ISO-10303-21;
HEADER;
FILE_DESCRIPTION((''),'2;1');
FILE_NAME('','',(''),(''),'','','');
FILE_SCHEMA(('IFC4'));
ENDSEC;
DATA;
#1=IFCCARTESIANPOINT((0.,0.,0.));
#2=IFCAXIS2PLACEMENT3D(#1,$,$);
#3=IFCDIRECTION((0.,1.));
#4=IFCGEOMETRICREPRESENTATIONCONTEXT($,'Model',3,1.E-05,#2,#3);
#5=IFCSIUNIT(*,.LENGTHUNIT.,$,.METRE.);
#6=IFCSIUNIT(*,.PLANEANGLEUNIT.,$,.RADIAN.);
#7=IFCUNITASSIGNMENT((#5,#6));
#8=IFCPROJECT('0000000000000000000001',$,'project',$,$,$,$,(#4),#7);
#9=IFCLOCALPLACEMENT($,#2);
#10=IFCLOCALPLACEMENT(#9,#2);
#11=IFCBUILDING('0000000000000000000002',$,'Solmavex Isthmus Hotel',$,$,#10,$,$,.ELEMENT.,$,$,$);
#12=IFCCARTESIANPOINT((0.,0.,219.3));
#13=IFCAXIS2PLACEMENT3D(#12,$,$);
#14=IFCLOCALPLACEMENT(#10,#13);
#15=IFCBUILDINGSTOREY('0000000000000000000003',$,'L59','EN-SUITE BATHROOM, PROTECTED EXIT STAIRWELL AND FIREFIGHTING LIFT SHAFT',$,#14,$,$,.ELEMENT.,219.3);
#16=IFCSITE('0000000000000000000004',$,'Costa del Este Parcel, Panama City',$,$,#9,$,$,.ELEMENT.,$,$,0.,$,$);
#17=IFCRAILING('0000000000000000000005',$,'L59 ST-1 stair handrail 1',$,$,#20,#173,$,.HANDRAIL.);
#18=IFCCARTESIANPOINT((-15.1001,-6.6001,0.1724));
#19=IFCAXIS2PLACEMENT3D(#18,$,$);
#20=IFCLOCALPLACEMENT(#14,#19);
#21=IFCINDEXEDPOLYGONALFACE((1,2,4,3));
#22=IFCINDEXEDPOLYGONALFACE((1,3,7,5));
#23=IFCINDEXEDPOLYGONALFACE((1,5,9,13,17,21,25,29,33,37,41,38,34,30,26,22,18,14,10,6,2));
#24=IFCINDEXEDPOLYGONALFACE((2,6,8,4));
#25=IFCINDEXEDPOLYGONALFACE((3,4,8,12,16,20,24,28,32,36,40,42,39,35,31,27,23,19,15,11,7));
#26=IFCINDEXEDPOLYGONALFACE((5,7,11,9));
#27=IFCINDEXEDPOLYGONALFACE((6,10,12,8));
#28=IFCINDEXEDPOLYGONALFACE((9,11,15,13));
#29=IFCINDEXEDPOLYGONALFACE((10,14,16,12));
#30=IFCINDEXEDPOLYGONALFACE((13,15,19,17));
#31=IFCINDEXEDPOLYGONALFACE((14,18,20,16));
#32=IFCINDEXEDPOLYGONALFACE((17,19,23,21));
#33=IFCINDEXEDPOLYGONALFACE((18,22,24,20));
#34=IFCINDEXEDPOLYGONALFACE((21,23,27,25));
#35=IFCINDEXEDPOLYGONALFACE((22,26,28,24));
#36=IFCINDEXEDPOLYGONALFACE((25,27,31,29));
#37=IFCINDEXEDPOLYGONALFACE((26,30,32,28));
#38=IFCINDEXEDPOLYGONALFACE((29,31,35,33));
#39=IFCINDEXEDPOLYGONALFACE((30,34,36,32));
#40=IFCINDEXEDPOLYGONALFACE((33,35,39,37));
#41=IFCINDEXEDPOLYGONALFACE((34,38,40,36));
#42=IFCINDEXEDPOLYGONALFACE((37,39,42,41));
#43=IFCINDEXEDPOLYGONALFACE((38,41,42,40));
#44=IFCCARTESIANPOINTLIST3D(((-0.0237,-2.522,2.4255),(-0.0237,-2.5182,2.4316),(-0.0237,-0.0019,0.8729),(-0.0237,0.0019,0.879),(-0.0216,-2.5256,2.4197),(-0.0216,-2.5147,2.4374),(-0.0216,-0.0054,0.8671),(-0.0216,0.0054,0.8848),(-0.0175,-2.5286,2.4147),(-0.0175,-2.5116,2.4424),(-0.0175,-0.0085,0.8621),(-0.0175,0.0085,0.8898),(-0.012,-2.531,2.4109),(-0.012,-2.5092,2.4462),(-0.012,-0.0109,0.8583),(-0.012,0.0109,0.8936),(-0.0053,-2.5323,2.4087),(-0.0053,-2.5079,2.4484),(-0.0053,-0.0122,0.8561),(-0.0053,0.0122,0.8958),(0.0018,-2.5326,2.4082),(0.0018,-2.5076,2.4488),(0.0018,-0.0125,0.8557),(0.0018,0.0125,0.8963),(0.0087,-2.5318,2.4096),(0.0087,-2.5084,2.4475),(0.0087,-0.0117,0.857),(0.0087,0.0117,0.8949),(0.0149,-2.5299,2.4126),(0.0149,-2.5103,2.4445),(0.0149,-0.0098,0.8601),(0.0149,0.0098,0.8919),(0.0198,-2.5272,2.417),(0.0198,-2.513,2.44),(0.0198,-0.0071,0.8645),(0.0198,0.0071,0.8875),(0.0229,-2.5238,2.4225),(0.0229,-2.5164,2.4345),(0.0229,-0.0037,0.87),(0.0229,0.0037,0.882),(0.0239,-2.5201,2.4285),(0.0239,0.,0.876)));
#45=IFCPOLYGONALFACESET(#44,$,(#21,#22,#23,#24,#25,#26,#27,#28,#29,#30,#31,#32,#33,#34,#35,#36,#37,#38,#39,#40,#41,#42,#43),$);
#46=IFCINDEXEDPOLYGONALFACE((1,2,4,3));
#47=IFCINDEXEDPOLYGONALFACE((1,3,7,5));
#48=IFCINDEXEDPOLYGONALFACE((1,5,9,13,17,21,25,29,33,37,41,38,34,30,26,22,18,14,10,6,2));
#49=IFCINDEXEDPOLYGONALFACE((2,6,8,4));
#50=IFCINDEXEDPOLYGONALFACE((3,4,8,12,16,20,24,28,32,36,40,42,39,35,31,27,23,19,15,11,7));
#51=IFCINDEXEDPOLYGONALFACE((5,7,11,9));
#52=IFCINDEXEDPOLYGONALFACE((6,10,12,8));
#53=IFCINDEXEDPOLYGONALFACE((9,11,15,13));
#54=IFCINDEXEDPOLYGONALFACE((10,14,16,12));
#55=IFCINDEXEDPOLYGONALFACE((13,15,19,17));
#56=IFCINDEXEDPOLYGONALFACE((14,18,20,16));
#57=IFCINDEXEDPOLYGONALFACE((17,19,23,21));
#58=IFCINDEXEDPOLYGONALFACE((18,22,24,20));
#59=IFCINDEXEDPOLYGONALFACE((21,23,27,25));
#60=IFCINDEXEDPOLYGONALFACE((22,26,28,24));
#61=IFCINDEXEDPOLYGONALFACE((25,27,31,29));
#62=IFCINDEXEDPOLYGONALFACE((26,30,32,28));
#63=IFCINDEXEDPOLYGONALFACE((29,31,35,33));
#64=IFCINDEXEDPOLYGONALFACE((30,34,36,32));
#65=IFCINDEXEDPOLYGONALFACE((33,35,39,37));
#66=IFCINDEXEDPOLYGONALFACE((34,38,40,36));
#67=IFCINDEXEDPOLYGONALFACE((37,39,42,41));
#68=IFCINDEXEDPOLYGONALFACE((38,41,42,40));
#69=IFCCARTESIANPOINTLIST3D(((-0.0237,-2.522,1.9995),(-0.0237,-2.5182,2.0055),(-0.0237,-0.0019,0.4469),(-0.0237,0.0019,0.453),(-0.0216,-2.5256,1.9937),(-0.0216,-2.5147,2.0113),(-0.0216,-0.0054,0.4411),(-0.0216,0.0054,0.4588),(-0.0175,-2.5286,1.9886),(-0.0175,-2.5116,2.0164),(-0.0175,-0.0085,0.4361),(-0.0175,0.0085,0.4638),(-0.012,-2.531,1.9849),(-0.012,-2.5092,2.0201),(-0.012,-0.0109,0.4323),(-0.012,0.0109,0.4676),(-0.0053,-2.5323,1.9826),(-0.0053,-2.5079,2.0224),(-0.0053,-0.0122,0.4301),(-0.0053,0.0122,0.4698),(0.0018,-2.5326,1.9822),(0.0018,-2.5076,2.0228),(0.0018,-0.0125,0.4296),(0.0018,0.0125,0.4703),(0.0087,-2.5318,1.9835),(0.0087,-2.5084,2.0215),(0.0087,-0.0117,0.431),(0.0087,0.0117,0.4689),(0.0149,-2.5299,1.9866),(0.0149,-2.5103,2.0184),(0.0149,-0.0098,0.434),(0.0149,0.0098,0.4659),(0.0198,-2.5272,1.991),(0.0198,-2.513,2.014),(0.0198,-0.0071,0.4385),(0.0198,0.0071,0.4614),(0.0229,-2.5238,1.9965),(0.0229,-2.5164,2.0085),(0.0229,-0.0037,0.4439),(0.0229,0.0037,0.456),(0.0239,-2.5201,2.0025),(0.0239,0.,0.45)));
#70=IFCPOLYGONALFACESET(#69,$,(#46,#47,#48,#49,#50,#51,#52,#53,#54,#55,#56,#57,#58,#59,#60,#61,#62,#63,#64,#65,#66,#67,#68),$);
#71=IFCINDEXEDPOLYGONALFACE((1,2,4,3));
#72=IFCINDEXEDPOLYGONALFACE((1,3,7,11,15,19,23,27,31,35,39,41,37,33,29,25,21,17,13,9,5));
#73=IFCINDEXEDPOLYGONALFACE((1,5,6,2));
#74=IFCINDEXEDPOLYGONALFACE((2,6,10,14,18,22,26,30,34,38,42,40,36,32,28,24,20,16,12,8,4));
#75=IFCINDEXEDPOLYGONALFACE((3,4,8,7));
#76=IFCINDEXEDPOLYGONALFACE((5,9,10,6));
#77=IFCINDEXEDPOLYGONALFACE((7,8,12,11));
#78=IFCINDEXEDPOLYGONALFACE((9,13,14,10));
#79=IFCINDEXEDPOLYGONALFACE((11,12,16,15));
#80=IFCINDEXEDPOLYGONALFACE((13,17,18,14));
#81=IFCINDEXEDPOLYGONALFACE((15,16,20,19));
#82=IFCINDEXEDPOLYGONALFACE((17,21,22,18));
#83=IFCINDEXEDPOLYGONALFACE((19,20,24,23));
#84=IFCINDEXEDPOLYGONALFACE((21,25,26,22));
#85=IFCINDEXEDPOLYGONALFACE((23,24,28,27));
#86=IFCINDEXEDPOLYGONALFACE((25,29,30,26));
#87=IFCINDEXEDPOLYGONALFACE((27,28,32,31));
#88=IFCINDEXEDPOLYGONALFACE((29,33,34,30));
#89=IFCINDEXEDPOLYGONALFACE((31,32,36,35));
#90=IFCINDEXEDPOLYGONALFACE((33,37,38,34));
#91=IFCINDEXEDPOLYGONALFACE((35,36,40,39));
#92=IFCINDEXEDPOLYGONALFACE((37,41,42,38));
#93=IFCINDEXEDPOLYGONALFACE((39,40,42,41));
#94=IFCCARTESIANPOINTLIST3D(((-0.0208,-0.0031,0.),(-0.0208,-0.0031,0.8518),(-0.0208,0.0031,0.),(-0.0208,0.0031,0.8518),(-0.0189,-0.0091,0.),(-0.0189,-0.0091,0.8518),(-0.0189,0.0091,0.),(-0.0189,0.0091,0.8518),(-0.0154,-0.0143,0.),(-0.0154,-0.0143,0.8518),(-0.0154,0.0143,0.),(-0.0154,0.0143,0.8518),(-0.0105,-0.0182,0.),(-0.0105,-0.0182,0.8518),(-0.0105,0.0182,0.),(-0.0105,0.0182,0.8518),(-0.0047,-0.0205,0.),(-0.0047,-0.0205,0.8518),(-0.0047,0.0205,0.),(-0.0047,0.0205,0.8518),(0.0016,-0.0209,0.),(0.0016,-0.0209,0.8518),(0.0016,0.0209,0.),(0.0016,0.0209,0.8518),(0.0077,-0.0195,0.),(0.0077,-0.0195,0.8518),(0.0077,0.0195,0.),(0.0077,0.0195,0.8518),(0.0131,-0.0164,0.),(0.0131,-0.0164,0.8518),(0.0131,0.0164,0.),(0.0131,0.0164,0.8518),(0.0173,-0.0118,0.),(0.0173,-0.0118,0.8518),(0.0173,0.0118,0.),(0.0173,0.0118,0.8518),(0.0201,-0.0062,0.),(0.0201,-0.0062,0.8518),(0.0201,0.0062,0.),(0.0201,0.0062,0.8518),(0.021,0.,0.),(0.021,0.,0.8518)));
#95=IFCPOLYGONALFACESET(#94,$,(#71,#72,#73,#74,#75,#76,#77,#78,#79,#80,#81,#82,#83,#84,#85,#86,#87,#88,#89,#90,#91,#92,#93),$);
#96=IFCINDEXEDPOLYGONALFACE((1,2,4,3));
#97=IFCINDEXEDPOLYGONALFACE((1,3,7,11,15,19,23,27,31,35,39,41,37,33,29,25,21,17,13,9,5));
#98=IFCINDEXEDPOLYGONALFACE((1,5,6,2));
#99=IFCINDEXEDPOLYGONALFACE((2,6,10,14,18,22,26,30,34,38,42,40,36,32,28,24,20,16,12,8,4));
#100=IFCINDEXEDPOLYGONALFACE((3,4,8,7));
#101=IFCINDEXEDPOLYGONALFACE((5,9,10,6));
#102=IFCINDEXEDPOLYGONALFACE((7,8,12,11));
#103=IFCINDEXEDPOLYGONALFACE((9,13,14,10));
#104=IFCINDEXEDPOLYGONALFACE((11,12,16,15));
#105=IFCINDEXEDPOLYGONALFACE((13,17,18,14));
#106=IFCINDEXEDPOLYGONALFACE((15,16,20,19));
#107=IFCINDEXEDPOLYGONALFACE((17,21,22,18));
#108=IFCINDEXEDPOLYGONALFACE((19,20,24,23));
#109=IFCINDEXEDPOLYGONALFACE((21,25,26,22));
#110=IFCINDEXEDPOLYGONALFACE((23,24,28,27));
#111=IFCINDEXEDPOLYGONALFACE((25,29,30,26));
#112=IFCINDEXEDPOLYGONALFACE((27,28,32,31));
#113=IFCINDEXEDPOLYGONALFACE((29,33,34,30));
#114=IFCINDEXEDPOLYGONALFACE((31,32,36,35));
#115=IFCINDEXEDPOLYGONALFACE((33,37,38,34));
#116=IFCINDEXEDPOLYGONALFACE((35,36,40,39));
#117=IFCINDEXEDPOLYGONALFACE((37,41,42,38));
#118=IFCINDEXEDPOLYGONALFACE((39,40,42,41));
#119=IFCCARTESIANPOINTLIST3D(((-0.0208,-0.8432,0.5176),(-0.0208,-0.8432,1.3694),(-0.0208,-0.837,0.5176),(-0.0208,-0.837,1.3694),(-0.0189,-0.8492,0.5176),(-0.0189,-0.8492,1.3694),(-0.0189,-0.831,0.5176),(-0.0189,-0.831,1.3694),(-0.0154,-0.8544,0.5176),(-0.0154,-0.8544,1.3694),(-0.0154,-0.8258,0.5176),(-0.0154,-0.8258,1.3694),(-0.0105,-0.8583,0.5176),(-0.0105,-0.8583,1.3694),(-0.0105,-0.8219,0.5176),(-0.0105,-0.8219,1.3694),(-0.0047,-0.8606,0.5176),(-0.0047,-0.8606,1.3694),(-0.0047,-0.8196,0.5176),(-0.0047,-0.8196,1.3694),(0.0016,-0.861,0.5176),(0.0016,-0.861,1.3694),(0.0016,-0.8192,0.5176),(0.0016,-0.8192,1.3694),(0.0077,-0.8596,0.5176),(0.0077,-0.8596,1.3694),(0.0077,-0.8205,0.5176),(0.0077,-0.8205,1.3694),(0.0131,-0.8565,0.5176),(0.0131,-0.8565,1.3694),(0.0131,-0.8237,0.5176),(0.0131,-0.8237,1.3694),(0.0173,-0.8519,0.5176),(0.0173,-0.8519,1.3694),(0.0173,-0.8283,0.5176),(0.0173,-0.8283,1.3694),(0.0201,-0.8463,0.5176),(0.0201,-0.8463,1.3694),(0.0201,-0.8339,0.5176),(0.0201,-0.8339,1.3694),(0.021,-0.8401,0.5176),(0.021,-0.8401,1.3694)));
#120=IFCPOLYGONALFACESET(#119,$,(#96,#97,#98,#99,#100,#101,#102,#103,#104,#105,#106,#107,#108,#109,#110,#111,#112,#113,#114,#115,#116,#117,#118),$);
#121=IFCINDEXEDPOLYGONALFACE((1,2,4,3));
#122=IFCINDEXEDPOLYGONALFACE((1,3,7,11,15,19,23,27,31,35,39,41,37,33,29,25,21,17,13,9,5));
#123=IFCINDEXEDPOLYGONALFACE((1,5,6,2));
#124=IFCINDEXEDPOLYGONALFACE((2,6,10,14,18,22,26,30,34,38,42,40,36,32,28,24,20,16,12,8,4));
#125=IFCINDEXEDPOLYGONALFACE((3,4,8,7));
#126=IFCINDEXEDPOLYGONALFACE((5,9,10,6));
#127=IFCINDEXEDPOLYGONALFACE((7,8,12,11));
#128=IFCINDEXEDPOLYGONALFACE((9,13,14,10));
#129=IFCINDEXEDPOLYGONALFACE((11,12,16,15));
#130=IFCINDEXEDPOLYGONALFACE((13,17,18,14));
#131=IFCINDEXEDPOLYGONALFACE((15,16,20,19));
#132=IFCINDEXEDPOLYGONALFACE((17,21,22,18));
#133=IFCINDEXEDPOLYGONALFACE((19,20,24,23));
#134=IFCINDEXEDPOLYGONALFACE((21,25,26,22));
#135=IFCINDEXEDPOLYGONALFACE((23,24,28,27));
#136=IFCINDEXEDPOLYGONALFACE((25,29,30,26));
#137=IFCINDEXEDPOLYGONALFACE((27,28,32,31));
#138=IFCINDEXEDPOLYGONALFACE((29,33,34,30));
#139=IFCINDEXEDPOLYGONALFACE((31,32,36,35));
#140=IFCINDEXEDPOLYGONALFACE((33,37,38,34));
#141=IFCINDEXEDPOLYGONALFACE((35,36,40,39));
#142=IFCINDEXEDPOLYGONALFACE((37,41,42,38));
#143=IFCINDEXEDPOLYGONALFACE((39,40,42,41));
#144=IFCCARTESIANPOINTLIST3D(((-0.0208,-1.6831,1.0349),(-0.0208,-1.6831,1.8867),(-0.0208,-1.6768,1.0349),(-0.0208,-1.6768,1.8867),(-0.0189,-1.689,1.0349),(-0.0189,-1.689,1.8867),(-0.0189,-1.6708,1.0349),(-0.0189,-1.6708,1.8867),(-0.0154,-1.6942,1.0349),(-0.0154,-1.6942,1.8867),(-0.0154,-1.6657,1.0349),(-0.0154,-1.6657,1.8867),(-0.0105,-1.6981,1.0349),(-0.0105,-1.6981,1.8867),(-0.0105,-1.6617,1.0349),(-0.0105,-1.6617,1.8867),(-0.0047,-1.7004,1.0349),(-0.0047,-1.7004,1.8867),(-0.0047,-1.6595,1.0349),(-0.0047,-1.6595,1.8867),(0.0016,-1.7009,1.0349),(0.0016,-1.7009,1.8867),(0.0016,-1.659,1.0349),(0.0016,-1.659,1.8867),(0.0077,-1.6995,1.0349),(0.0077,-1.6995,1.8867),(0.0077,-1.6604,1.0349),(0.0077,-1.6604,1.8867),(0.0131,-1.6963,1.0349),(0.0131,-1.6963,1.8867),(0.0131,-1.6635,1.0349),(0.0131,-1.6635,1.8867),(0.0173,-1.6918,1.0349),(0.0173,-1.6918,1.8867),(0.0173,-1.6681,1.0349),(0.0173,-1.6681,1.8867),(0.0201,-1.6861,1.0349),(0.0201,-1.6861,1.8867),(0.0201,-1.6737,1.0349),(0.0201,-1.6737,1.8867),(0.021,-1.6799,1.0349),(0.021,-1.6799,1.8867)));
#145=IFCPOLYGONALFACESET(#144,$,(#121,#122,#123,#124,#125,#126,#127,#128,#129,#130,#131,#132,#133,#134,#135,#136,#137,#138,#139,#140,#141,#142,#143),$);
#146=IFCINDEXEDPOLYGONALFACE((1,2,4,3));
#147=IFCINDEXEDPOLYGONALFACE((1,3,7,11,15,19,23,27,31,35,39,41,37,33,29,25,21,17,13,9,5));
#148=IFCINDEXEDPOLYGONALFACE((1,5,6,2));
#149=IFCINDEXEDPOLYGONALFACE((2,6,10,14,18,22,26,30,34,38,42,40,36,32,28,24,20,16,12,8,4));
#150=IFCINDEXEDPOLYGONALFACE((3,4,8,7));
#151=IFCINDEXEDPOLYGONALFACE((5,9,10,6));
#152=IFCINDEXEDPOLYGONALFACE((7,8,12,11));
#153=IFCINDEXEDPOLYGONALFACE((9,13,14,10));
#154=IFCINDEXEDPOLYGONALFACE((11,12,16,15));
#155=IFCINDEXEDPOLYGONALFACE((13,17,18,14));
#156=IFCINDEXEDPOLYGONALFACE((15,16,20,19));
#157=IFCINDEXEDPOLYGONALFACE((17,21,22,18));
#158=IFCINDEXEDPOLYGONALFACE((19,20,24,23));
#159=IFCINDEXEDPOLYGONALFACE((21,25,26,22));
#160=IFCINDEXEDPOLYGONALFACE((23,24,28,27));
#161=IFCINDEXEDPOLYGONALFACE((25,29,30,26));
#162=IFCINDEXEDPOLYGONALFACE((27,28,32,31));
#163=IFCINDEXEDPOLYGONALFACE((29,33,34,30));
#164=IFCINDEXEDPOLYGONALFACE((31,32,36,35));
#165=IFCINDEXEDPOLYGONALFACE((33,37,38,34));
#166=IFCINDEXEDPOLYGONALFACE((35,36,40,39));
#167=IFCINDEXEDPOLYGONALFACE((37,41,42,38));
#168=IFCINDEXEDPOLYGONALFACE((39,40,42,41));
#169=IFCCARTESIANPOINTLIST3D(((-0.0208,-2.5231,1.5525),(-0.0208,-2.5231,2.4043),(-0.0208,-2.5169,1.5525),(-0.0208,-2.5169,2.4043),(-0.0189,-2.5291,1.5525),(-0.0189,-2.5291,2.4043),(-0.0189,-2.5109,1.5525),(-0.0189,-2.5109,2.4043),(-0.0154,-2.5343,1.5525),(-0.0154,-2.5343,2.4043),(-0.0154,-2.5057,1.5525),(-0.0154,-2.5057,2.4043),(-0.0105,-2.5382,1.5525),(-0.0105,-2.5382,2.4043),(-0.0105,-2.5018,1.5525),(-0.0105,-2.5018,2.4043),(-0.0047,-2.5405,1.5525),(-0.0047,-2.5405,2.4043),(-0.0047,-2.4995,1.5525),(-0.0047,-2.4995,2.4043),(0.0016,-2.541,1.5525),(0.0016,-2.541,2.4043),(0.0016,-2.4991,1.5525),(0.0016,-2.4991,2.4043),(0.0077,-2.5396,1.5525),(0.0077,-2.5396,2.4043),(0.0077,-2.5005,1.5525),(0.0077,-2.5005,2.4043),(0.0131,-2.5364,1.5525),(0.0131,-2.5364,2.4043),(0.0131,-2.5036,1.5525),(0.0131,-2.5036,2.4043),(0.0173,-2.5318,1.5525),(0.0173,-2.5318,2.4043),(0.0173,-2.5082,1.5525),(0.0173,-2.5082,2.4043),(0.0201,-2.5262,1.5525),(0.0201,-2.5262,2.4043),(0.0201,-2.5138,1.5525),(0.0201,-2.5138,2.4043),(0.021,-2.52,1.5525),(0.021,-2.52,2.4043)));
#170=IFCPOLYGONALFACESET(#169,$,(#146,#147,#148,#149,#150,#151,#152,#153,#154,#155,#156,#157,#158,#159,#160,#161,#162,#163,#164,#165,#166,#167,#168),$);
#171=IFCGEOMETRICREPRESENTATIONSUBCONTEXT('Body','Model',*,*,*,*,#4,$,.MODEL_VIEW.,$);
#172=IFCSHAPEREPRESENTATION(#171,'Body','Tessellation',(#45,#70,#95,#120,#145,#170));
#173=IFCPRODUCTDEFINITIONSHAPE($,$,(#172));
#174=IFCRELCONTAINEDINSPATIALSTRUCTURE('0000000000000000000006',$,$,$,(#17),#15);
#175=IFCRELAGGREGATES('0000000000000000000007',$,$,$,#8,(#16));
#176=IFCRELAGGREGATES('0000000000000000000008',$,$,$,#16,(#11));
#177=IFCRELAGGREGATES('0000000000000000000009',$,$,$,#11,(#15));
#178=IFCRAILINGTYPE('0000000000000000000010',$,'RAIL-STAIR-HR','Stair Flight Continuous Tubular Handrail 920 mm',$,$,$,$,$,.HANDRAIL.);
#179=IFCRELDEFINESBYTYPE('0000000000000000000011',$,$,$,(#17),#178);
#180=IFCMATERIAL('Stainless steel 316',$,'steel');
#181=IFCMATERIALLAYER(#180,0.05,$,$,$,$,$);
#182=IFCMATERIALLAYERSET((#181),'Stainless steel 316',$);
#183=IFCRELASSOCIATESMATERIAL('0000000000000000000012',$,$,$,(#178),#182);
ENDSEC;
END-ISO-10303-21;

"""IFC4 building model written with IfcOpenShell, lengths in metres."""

from ifc_helpers import new_model, si_unit, direction, frame, origin, origin_2d, place, context, subcontext, project, spatial, circle, extrude, material, layer, layer_set, type_object, element, save


model = new_model("IFC4")

# Units and contexts
model_context = context("Model", 3, precision=1e-05, world=origin(), true_north=direction((0.0, 1.0)))
body_context = subcontext(model_context, "Body", "Model", "MODEL_VIEW")
ifc_project = project(units=[si_unit("LENGTHUNIT", "METRE"), si_unit("PLANEANGLEUNIT", "RADIAN")], contexts=[model_context])

# Site, building, storey
site_placement = place(None, origin())
site = spatial("IfcSite", under=ifc_project, at=site_placement, Name="Costa del Este Parcel, Panama City", CompositionType="ELEMENT", RefElevation=0.0)
building_placement = place(site_placement, origin())
building = spatial("IfcBuilding", under=site, at=building_placement, Name="Solmavex Isthmus Hotel", CompositionType="ELEMENT")
storey_placement = place(building_placement, frame((0.0, 0.0, 219.3)))
storey = spatial("IfcBuildingStorey", under=building, at=storey_placement, Name="L59", Description="EN-SUITE BATHROOM, PROTECTED EXIT STAIRWELL AND FIREFIGHTING LIFT SHAFT", CompositionType="ELEMENT", Elevation=219.3)

# Railing
ifc_material_1 = material(Name="Stainless steel 316", Category="steel")
ifc_layer_1 = layer(ifc_material_1, 0.05)
ifc_layer_set_1 = layer_set([ifc_layer_1], Name="Stainless steel 316")
railing_type_1 = type_object("IfcRailingType", Name="RAIL-STAIR-HR", Description="Stair Flight Continuous Tubular Handrail 920 mm", PredefinedType="HANDRAIL", material=ifc_layer_set_1)
railing_1_placement = place(storey_placement, frame((-15.1001, -6.6001, 0.1724)))
element("IfcRailing", 1, at=railing_1_placement, inside=storey, type_object=railing_type_1, Name="L59 ST-1 stair handrail 1", PredefinedType="HANDRAIL", context=body_context, shape_type="SweptSolid", body=[
    extrude(circle(Radius=0.0239, at=origin_2d()), frame((0.0, 0.0, 0.876), z_axis=(0.0, -0.8514, 0.524516), x_axis=(1.0, 0.0, 0.0)), (0.0, 0.0, 1.0), 2.96),
    extrude(circle(Radius=0.0239, at=origin_2d()), frame((0.0, 0.0, 0.45), z_axis=(0.0, -0.8514, 0.524516), x_axis=(1.0, 0.0, 0.0)), (0.0, 0.0, 1.0), 2.96),
    extrude(circle(Radius=0.021, at=origin_2d()), origin(), (0.0, 0.0, 1.0), 0.8518),
    extrude(circle(Radius=0.021, at=origin_2d()), frame((0.0, -0.8401, 0.5176)), (0.0, 0.0, 1.0), 0.8518),
    extrude(circle(Radius=0.021, at=origin_2d()), frame((0.0, -1.6799, 1.0349)), (0.0, 0.0, 1.0), 0.8518),
    extrude(circle(Radius=0.021, at=origin_2d()), frame((0.0, -2.52, 1.5525)), (0.0, 0.0, 1.0), 0.8518),
])

save(model, "model.ifc")
